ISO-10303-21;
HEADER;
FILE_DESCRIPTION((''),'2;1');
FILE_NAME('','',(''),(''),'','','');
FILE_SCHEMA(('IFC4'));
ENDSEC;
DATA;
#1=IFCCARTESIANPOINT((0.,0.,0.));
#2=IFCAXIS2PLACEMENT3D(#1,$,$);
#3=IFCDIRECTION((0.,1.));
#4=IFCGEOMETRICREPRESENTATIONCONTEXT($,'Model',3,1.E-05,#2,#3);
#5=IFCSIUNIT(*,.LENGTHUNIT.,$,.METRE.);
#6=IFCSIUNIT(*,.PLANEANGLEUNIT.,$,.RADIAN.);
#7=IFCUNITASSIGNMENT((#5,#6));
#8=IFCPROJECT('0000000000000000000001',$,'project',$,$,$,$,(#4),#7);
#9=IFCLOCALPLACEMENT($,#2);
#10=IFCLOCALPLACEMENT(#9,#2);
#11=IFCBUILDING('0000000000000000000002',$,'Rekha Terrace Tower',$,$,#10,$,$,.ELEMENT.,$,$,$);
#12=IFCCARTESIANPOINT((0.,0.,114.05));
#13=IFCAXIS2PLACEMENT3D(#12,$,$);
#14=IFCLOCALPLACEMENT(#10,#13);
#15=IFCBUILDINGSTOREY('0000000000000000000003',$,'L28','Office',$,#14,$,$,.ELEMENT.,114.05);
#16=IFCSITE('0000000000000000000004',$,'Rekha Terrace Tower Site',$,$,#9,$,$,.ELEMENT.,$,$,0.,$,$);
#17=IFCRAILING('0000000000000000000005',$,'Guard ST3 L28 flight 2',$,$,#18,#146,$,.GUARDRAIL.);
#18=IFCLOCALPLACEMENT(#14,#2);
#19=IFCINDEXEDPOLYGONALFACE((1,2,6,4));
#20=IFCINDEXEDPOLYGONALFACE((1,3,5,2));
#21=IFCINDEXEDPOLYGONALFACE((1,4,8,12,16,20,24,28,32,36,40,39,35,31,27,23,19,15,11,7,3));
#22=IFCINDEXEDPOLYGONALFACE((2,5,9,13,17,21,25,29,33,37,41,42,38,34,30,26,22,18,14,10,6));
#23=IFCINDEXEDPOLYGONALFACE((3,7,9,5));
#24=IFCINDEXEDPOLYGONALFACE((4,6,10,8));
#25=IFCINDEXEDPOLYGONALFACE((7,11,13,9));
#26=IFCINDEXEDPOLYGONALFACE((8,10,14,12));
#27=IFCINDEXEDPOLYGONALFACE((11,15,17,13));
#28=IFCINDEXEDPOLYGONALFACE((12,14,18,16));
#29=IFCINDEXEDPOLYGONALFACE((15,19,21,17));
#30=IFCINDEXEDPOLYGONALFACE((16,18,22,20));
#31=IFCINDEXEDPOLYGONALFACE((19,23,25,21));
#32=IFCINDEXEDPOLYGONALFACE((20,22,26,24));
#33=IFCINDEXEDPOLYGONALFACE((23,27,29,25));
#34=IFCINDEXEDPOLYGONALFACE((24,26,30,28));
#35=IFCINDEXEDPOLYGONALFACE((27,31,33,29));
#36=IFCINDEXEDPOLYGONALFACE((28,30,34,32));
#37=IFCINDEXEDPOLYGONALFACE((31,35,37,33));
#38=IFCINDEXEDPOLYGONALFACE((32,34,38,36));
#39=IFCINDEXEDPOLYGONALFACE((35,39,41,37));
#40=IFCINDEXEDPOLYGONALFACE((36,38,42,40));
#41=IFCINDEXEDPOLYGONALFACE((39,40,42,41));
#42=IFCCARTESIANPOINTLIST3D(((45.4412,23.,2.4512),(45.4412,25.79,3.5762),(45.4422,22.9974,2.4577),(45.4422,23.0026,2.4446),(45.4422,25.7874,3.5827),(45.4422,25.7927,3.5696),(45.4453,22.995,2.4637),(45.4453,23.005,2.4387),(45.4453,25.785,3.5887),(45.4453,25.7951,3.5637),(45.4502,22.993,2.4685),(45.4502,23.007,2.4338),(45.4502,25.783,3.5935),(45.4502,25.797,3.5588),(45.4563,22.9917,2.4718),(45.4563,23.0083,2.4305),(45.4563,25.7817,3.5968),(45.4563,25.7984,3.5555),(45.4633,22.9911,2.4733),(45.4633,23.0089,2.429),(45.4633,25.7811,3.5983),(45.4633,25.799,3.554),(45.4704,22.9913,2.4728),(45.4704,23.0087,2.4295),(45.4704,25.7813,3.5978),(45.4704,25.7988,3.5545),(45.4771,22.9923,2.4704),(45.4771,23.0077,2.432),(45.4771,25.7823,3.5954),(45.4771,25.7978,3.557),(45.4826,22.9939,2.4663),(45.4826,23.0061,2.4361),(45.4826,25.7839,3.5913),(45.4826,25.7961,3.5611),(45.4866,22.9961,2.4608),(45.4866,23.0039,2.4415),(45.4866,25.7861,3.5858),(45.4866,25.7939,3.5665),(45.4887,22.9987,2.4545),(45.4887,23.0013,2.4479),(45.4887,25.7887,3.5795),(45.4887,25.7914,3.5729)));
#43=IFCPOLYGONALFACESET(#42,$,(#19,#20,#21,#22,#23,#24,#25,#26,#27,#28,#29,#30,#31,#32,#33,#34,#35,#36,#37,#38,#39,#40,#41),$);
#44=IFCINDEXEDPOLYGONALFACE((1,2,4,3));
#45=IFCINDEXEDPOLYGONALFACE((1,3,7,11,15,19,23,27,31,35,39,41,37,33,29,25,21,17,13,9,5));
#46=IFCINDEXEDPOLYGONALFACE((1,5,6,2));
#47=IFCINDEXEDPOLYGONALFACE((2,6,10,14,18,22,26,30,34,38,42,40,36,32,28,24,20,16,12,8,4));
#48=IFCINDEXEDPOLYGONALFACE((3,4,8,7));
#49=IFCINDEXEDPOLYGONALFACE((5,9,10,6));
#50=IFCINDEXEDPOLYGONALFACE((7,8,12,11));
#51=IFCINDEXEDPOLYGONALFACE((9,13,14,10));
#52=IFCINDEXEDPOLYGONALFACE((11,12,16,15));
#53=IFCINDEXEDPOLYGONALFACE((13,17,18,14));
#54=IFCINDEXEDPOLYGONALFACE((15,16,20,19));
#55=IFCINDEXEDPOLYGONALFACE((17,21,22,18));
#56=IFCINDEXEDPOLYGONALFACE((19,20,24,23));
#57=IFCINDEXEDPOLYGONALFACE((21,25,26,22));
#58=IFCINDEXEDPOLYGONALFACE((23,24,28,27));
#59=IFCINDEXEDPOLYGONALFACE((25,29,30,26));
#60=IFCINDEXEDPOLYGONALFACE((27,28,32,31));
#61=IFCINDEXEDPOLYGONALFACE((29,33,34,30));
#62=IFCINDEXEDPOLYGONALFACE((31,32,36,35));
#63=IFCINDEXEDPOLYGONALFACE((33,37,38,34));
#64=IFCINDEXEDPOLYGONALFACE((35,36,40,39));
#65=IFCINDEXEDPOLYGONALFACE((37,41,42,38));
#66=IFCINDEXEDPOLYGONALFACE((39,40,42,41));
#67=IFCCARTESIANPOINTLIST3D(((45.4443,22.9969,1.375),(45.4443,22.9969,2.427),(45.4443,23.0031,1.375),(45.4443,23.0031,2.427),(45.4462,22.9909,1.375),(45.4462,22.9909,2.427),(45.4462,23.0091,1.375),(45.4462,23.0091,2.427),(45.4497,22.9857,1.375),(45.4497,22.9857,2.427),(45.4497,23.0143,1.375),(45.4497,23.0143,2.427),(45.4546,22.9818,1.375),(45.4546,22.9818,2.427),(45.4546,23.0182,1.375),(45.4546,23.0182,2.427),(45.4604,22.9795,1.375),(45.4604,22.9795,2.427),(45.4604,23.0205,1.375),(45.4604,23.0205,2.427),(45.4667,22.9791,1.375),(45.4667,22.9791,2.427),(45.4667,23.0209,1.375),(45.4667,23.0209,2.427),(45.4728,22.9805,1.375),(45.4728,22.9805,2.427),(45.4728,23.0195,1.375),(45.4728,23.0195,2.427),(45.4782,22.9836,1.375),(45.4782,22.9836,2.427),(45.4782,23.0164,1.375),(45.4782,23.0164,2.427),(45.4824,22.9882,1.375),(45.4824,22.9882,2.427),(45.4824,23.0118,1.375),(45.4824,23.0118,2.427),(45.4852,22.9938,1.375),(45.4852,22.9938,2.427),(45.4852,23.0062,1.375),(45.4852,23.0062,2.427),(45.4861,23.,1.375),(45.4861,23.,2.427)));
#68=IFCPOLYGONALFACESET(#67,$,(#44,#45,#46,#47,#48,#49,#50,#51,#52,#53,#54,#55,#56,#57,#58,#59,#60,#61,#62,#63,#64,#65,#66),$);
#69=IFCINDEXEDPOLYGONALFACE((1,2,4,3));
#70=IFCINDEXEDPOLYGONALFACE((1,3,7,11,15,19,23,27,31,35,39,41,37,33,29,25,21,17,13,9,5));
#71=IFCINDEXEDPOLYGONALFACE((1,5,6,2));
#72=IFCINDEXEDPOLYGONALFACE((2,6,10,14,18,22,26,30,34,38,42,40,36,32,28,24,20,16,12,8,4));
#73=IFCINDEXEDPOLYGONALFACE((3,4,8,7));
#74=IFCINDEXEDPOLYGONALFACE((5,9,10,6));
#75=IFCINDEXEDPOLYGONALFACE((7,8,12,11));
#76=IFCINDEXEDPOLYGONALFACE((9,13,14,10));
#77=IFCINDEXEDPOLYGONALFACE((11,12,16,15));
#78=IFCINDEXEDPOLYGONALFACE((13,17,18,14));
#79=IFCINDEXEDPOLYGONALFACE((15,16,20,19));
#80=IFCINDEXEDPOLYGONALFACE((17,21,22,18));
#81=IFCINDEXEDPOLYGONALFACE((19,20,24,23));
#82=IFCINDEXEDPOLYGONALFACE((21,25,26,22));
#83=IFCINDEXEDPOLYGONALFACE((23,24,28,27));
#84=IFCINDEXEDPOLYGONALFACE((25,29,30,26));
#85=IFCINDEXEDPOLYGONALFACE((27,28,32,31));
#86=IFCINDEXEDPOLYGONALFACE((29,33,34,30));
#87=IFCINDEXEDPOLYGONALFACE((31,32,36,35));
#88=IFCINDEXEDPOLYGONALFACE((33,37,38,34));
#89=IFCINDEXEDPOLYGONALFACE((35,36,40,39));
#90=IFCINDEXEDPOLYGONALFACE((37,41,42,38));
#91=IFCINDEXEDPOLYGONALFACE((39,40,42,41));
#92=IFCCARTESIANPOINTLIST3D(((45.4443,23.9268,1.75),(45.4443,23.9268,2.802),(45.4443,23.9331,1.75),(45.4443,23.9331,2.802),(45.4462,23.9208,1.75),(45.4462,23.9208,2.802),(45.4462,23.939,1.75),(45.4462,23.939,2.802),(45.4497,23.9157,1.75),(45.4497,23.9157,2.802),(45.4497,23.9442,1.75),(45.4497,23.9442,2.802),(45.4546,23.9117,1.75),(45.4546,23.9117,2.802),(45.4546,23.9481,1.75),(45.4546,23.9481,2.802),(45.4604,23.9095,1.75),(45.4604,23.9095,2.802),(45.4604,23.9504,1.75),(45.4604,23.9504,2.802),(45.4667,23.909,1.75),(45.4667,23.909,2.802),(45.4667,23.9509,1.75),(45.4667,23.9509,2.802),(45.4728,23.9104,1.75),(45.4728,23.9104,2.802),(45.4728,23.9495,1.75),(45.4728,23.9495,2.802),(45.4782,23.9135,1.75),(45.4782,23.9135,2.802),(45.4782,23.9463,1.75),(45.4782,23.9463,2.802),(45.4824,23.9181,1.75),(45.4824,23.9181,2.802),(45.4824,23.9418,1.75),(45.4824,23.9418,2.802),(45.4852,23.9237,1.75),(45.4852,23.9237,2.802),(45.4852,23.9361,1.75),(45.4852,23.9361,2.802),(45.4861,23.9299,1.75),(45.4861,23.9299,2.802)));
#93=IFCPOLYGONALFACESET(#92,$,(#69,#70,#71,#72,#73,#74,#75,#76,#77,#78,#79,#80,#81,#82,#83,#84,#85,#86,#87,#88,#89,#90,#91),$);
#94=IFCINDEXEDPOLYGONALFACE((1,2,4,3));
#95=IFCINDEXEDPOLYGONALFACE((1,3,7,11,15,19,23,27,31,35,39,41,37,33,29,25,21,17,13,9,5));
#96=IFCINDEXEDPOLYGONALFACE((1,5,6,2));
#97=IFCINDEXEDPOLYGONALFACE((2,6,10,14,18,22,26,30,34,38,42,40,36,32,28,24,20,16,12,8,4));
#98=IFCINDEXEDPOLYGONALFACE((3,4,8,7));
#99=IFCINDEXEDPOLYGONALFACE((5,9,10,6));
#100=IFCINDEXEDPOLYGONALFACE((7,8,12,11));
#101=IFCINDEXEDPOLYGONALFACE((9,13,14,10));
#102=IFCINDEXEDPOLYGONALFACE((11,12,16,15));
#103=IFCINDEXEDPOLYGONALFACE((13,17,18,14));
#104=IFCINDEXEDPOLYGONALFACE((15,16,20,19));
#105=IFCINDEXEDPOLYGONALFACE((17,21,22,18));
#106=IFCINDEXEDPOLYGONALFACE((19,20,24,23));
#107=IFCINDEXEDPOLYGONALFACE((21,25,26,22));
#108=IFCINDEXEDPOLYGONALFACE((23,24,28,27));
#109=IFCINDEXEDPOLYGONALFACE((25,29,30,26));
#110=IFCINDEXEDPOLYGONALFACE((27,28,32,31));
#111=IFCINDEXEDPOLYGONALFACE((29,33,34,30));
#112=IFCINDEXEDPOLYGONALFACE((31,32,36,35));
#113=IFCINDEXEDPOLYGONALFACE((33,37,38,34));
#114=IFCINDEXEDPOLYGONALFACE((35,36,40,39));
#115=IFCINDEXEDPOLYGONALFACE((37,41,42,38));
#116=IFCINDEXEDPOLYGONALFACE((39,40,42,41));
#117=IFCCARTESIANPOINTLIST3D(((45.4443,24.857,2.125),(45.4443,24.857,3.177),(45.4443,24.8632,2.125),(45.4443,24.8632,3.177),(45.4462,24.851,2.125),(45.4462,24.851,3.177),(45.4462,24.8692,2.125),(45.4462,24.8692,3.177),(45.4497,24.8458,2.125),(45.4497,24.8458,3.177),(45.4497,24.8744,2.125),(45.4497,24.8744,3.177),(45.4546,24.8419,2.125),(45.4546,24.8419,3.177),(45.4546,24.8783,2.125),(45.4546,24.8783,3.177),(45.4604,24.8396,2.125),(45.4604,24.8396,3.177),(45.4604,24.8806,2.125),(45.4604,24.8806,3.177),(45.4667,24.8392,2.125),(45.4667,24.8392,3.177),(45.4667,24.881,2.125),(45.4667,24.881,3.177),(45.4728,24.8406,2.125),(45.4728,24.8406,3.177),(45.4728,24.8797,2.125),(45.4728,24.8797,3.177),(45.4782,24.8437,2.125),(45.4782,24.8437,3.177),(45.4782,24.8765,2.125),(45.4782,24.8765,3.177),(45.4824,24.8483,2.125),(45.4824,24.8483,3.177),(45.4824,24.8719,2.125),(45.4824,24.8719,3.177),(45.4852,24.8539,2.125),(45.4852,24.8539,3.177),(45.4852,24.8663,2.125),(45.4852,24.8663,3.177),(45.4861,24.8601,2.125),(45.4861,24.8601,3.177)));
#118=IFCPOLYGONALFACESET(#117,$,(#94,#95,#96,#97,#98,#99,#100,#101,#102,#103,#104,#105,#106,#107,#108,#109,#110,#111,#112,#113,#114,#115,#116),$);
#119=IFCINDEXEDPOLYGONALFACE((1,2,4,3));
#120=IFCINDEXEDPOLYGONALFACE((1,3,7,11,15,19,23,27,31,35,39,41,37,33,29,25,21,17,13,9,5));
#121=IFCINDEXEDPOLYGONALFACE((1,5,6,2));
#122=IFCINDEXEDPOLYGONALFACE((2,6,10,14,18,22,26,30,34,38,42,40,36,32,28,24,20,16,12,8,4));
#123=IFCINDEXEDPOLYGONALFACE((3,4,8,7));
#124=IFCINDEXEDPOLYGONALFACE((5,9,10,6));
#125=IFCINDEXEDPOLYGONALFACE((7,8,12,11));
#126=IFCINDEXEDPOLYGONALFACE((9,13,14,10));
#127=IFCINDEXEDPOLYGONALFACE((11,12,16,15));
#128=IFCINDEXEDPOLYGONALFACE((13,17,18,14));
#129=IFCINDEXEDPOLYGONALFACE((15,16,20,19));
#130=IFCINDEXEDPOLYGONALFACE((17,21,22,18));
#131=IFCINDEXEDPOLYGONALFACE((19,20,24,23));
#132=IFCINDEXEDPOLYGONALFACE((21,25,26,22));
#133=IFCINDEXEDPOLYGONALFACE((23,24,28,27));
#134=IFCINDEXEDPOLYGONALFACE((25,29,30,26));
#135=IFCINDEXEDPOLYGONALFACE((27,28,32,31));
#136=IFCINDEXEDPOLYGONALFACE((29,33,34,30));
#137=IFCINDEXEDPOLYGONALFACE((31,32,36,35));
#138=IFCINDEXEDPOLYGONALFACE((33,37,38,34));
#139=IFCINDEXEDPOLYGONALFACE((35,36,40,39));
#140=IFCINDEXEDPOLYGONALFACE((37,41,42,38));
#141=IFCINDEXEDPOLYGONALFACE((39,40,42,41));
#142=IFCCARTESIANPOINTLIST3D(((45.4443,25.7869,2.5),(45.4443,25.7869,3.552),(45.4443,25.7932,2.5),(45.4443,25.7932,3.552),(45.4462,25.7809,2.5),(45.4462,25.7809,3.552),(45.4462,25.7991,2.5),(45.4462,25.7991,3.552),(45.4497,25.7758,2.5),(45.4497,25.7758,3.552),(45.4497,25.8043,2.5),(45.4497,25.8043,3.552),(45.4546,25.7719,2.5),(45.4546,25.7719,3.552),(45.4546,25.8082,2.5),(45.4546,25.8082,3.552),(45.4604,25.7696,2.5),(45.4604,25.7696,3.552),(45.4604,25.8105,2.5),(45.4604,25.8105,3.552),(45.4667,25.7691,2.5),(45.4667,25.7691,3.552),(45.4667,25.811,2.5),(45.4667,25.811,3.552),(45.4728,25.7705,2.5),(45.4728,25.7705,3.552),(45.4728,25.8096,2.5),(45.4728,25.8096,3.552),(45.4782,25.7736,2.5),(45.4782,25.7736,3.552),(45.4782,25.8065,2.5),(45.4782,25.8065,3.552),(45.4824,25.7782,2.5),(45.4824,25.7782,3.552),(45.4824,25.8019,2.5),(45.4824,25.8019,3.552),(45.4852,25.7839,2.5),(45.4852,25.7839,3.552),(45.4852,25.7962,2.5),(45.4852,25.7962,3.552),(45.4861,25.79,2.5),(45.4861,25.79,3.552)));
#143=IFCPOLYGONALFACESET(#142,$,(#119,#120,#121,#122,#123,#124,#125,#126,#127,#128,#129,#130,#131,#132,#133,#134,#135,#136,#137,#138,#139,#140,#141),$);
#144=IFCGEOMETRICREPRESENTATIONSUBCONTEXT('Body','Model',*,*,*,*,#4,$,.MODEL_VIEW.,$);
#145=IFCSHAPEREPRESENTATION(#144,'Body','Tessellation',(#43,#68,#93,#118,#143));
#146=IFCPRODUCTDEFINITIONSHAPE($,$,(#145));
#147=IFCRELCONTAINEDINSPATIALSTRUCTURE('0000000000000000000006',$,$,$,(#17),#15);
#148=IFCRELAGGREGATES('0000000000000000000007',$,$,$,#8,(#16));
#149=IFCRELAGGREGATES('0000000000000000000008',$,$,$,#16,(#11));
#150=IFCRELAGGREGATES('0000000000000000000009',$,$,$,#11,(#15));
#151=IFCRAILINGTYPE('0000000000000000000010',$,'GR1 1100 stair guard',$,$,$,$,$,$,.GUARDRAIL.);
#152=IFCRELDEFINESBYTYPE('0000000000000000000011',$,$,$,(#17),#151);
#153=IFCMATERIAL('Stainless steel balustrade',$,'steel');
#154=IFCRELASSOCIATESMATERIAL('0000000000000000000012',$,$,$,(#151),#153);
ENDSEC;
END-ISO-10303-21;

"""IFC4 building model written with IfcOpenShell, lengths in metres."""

from ifc_helpers import new_model, si_unit, direction, frame, origin, origin_2d, place, context, subcontext, project, spatial, circle, extrude, material, type_object, element, save


model = new_model("IFC4")

# Units and contexts
model_context = context("Model", 3, precision=1e-05, world=origin(), true_north=direction((0.0, 1.0)))
body_context = subcontext(model_context, "Body", "Model", "MODEL_VIEW")
ifc_project = project(units=[si_unit("LENGTHUNIT", "METRE"), si_unit("PLANEANGLEUNIT", "RADIAN")], contexts=[model_context])

# Site, building, storey
site_placement = place(None, origin())
site = spatial("IfcSite", under=ifc_project, at=site_placement, Name="Rekha Terrace Tower Site", CompositionType="ELEMENT", RefElevation=0.0)
building_placement = place(site_placement, origin())
building = spatial("IfcBuilding", under=site, at=building_placement, Name="Rekha Terrace Tower", CompositionType="ELEMENT")
storey_placement = place(building_placement, frame((0.0, 0.0, 114.05)))
storey = spatial("IfcBuildingStorey", under=building, at=storey_placement, Name="L28", Description="Office", CompositionType="ELEMENT", Elevation=114.05)

# Railing
ifc_material_1 = material(Name="Stainless steel balustrade", Category="steel")
railing_type_1 = type_object("IfcRailingType", Name="GR1 1100 stair guard", PredefinedType="GUARDRAIL", material=ifc_material_1)
railing_1_placement = place(storey_placement, frame((45.4651, 23.0, 1.375)))
element("IfcRailing", 1, at=railing_1_placement, inside=storey, type_object=railing_type_1, Name="Guard ST3 L28 flight 2", PredefinedType="GUARDRAIL", context=body_context, shape_type="SweptSolid", body=[
    extrude(circle(Radius=0.0239, at=origin_2d()), frame((0.0, 0.0, 1.0762), z_axis=(0.0, 0.927443, 0.373964), x_axis=(-1.0, 0.0, 0.0)), (0.0, 0.0, 1.0), 3.0083),
    extrude(circle(Radius=0.021, at=origin_2d()), origin(), (0.0, 0.0, 1.0), 1.052),
    extrude(circle(Radius=0.021, at=origin_2d()), frame((0.0, 0.9299, 0.375)), (0.0, 0.0, 1.0), 1.052),
    extrude(circle(Radius=0.021, at=origin_2d()), frame((0.0, 1.8601, 0.75)), (0.0, 0.0, 1.0), 1.052),
    extrude(circle(Radius=0.021, at=origin_2d()), frame((0.0, 2.79, 1.125)), (0.0, 0.0, 1.0), 1.052),
])

save(model, "model.ifc")
